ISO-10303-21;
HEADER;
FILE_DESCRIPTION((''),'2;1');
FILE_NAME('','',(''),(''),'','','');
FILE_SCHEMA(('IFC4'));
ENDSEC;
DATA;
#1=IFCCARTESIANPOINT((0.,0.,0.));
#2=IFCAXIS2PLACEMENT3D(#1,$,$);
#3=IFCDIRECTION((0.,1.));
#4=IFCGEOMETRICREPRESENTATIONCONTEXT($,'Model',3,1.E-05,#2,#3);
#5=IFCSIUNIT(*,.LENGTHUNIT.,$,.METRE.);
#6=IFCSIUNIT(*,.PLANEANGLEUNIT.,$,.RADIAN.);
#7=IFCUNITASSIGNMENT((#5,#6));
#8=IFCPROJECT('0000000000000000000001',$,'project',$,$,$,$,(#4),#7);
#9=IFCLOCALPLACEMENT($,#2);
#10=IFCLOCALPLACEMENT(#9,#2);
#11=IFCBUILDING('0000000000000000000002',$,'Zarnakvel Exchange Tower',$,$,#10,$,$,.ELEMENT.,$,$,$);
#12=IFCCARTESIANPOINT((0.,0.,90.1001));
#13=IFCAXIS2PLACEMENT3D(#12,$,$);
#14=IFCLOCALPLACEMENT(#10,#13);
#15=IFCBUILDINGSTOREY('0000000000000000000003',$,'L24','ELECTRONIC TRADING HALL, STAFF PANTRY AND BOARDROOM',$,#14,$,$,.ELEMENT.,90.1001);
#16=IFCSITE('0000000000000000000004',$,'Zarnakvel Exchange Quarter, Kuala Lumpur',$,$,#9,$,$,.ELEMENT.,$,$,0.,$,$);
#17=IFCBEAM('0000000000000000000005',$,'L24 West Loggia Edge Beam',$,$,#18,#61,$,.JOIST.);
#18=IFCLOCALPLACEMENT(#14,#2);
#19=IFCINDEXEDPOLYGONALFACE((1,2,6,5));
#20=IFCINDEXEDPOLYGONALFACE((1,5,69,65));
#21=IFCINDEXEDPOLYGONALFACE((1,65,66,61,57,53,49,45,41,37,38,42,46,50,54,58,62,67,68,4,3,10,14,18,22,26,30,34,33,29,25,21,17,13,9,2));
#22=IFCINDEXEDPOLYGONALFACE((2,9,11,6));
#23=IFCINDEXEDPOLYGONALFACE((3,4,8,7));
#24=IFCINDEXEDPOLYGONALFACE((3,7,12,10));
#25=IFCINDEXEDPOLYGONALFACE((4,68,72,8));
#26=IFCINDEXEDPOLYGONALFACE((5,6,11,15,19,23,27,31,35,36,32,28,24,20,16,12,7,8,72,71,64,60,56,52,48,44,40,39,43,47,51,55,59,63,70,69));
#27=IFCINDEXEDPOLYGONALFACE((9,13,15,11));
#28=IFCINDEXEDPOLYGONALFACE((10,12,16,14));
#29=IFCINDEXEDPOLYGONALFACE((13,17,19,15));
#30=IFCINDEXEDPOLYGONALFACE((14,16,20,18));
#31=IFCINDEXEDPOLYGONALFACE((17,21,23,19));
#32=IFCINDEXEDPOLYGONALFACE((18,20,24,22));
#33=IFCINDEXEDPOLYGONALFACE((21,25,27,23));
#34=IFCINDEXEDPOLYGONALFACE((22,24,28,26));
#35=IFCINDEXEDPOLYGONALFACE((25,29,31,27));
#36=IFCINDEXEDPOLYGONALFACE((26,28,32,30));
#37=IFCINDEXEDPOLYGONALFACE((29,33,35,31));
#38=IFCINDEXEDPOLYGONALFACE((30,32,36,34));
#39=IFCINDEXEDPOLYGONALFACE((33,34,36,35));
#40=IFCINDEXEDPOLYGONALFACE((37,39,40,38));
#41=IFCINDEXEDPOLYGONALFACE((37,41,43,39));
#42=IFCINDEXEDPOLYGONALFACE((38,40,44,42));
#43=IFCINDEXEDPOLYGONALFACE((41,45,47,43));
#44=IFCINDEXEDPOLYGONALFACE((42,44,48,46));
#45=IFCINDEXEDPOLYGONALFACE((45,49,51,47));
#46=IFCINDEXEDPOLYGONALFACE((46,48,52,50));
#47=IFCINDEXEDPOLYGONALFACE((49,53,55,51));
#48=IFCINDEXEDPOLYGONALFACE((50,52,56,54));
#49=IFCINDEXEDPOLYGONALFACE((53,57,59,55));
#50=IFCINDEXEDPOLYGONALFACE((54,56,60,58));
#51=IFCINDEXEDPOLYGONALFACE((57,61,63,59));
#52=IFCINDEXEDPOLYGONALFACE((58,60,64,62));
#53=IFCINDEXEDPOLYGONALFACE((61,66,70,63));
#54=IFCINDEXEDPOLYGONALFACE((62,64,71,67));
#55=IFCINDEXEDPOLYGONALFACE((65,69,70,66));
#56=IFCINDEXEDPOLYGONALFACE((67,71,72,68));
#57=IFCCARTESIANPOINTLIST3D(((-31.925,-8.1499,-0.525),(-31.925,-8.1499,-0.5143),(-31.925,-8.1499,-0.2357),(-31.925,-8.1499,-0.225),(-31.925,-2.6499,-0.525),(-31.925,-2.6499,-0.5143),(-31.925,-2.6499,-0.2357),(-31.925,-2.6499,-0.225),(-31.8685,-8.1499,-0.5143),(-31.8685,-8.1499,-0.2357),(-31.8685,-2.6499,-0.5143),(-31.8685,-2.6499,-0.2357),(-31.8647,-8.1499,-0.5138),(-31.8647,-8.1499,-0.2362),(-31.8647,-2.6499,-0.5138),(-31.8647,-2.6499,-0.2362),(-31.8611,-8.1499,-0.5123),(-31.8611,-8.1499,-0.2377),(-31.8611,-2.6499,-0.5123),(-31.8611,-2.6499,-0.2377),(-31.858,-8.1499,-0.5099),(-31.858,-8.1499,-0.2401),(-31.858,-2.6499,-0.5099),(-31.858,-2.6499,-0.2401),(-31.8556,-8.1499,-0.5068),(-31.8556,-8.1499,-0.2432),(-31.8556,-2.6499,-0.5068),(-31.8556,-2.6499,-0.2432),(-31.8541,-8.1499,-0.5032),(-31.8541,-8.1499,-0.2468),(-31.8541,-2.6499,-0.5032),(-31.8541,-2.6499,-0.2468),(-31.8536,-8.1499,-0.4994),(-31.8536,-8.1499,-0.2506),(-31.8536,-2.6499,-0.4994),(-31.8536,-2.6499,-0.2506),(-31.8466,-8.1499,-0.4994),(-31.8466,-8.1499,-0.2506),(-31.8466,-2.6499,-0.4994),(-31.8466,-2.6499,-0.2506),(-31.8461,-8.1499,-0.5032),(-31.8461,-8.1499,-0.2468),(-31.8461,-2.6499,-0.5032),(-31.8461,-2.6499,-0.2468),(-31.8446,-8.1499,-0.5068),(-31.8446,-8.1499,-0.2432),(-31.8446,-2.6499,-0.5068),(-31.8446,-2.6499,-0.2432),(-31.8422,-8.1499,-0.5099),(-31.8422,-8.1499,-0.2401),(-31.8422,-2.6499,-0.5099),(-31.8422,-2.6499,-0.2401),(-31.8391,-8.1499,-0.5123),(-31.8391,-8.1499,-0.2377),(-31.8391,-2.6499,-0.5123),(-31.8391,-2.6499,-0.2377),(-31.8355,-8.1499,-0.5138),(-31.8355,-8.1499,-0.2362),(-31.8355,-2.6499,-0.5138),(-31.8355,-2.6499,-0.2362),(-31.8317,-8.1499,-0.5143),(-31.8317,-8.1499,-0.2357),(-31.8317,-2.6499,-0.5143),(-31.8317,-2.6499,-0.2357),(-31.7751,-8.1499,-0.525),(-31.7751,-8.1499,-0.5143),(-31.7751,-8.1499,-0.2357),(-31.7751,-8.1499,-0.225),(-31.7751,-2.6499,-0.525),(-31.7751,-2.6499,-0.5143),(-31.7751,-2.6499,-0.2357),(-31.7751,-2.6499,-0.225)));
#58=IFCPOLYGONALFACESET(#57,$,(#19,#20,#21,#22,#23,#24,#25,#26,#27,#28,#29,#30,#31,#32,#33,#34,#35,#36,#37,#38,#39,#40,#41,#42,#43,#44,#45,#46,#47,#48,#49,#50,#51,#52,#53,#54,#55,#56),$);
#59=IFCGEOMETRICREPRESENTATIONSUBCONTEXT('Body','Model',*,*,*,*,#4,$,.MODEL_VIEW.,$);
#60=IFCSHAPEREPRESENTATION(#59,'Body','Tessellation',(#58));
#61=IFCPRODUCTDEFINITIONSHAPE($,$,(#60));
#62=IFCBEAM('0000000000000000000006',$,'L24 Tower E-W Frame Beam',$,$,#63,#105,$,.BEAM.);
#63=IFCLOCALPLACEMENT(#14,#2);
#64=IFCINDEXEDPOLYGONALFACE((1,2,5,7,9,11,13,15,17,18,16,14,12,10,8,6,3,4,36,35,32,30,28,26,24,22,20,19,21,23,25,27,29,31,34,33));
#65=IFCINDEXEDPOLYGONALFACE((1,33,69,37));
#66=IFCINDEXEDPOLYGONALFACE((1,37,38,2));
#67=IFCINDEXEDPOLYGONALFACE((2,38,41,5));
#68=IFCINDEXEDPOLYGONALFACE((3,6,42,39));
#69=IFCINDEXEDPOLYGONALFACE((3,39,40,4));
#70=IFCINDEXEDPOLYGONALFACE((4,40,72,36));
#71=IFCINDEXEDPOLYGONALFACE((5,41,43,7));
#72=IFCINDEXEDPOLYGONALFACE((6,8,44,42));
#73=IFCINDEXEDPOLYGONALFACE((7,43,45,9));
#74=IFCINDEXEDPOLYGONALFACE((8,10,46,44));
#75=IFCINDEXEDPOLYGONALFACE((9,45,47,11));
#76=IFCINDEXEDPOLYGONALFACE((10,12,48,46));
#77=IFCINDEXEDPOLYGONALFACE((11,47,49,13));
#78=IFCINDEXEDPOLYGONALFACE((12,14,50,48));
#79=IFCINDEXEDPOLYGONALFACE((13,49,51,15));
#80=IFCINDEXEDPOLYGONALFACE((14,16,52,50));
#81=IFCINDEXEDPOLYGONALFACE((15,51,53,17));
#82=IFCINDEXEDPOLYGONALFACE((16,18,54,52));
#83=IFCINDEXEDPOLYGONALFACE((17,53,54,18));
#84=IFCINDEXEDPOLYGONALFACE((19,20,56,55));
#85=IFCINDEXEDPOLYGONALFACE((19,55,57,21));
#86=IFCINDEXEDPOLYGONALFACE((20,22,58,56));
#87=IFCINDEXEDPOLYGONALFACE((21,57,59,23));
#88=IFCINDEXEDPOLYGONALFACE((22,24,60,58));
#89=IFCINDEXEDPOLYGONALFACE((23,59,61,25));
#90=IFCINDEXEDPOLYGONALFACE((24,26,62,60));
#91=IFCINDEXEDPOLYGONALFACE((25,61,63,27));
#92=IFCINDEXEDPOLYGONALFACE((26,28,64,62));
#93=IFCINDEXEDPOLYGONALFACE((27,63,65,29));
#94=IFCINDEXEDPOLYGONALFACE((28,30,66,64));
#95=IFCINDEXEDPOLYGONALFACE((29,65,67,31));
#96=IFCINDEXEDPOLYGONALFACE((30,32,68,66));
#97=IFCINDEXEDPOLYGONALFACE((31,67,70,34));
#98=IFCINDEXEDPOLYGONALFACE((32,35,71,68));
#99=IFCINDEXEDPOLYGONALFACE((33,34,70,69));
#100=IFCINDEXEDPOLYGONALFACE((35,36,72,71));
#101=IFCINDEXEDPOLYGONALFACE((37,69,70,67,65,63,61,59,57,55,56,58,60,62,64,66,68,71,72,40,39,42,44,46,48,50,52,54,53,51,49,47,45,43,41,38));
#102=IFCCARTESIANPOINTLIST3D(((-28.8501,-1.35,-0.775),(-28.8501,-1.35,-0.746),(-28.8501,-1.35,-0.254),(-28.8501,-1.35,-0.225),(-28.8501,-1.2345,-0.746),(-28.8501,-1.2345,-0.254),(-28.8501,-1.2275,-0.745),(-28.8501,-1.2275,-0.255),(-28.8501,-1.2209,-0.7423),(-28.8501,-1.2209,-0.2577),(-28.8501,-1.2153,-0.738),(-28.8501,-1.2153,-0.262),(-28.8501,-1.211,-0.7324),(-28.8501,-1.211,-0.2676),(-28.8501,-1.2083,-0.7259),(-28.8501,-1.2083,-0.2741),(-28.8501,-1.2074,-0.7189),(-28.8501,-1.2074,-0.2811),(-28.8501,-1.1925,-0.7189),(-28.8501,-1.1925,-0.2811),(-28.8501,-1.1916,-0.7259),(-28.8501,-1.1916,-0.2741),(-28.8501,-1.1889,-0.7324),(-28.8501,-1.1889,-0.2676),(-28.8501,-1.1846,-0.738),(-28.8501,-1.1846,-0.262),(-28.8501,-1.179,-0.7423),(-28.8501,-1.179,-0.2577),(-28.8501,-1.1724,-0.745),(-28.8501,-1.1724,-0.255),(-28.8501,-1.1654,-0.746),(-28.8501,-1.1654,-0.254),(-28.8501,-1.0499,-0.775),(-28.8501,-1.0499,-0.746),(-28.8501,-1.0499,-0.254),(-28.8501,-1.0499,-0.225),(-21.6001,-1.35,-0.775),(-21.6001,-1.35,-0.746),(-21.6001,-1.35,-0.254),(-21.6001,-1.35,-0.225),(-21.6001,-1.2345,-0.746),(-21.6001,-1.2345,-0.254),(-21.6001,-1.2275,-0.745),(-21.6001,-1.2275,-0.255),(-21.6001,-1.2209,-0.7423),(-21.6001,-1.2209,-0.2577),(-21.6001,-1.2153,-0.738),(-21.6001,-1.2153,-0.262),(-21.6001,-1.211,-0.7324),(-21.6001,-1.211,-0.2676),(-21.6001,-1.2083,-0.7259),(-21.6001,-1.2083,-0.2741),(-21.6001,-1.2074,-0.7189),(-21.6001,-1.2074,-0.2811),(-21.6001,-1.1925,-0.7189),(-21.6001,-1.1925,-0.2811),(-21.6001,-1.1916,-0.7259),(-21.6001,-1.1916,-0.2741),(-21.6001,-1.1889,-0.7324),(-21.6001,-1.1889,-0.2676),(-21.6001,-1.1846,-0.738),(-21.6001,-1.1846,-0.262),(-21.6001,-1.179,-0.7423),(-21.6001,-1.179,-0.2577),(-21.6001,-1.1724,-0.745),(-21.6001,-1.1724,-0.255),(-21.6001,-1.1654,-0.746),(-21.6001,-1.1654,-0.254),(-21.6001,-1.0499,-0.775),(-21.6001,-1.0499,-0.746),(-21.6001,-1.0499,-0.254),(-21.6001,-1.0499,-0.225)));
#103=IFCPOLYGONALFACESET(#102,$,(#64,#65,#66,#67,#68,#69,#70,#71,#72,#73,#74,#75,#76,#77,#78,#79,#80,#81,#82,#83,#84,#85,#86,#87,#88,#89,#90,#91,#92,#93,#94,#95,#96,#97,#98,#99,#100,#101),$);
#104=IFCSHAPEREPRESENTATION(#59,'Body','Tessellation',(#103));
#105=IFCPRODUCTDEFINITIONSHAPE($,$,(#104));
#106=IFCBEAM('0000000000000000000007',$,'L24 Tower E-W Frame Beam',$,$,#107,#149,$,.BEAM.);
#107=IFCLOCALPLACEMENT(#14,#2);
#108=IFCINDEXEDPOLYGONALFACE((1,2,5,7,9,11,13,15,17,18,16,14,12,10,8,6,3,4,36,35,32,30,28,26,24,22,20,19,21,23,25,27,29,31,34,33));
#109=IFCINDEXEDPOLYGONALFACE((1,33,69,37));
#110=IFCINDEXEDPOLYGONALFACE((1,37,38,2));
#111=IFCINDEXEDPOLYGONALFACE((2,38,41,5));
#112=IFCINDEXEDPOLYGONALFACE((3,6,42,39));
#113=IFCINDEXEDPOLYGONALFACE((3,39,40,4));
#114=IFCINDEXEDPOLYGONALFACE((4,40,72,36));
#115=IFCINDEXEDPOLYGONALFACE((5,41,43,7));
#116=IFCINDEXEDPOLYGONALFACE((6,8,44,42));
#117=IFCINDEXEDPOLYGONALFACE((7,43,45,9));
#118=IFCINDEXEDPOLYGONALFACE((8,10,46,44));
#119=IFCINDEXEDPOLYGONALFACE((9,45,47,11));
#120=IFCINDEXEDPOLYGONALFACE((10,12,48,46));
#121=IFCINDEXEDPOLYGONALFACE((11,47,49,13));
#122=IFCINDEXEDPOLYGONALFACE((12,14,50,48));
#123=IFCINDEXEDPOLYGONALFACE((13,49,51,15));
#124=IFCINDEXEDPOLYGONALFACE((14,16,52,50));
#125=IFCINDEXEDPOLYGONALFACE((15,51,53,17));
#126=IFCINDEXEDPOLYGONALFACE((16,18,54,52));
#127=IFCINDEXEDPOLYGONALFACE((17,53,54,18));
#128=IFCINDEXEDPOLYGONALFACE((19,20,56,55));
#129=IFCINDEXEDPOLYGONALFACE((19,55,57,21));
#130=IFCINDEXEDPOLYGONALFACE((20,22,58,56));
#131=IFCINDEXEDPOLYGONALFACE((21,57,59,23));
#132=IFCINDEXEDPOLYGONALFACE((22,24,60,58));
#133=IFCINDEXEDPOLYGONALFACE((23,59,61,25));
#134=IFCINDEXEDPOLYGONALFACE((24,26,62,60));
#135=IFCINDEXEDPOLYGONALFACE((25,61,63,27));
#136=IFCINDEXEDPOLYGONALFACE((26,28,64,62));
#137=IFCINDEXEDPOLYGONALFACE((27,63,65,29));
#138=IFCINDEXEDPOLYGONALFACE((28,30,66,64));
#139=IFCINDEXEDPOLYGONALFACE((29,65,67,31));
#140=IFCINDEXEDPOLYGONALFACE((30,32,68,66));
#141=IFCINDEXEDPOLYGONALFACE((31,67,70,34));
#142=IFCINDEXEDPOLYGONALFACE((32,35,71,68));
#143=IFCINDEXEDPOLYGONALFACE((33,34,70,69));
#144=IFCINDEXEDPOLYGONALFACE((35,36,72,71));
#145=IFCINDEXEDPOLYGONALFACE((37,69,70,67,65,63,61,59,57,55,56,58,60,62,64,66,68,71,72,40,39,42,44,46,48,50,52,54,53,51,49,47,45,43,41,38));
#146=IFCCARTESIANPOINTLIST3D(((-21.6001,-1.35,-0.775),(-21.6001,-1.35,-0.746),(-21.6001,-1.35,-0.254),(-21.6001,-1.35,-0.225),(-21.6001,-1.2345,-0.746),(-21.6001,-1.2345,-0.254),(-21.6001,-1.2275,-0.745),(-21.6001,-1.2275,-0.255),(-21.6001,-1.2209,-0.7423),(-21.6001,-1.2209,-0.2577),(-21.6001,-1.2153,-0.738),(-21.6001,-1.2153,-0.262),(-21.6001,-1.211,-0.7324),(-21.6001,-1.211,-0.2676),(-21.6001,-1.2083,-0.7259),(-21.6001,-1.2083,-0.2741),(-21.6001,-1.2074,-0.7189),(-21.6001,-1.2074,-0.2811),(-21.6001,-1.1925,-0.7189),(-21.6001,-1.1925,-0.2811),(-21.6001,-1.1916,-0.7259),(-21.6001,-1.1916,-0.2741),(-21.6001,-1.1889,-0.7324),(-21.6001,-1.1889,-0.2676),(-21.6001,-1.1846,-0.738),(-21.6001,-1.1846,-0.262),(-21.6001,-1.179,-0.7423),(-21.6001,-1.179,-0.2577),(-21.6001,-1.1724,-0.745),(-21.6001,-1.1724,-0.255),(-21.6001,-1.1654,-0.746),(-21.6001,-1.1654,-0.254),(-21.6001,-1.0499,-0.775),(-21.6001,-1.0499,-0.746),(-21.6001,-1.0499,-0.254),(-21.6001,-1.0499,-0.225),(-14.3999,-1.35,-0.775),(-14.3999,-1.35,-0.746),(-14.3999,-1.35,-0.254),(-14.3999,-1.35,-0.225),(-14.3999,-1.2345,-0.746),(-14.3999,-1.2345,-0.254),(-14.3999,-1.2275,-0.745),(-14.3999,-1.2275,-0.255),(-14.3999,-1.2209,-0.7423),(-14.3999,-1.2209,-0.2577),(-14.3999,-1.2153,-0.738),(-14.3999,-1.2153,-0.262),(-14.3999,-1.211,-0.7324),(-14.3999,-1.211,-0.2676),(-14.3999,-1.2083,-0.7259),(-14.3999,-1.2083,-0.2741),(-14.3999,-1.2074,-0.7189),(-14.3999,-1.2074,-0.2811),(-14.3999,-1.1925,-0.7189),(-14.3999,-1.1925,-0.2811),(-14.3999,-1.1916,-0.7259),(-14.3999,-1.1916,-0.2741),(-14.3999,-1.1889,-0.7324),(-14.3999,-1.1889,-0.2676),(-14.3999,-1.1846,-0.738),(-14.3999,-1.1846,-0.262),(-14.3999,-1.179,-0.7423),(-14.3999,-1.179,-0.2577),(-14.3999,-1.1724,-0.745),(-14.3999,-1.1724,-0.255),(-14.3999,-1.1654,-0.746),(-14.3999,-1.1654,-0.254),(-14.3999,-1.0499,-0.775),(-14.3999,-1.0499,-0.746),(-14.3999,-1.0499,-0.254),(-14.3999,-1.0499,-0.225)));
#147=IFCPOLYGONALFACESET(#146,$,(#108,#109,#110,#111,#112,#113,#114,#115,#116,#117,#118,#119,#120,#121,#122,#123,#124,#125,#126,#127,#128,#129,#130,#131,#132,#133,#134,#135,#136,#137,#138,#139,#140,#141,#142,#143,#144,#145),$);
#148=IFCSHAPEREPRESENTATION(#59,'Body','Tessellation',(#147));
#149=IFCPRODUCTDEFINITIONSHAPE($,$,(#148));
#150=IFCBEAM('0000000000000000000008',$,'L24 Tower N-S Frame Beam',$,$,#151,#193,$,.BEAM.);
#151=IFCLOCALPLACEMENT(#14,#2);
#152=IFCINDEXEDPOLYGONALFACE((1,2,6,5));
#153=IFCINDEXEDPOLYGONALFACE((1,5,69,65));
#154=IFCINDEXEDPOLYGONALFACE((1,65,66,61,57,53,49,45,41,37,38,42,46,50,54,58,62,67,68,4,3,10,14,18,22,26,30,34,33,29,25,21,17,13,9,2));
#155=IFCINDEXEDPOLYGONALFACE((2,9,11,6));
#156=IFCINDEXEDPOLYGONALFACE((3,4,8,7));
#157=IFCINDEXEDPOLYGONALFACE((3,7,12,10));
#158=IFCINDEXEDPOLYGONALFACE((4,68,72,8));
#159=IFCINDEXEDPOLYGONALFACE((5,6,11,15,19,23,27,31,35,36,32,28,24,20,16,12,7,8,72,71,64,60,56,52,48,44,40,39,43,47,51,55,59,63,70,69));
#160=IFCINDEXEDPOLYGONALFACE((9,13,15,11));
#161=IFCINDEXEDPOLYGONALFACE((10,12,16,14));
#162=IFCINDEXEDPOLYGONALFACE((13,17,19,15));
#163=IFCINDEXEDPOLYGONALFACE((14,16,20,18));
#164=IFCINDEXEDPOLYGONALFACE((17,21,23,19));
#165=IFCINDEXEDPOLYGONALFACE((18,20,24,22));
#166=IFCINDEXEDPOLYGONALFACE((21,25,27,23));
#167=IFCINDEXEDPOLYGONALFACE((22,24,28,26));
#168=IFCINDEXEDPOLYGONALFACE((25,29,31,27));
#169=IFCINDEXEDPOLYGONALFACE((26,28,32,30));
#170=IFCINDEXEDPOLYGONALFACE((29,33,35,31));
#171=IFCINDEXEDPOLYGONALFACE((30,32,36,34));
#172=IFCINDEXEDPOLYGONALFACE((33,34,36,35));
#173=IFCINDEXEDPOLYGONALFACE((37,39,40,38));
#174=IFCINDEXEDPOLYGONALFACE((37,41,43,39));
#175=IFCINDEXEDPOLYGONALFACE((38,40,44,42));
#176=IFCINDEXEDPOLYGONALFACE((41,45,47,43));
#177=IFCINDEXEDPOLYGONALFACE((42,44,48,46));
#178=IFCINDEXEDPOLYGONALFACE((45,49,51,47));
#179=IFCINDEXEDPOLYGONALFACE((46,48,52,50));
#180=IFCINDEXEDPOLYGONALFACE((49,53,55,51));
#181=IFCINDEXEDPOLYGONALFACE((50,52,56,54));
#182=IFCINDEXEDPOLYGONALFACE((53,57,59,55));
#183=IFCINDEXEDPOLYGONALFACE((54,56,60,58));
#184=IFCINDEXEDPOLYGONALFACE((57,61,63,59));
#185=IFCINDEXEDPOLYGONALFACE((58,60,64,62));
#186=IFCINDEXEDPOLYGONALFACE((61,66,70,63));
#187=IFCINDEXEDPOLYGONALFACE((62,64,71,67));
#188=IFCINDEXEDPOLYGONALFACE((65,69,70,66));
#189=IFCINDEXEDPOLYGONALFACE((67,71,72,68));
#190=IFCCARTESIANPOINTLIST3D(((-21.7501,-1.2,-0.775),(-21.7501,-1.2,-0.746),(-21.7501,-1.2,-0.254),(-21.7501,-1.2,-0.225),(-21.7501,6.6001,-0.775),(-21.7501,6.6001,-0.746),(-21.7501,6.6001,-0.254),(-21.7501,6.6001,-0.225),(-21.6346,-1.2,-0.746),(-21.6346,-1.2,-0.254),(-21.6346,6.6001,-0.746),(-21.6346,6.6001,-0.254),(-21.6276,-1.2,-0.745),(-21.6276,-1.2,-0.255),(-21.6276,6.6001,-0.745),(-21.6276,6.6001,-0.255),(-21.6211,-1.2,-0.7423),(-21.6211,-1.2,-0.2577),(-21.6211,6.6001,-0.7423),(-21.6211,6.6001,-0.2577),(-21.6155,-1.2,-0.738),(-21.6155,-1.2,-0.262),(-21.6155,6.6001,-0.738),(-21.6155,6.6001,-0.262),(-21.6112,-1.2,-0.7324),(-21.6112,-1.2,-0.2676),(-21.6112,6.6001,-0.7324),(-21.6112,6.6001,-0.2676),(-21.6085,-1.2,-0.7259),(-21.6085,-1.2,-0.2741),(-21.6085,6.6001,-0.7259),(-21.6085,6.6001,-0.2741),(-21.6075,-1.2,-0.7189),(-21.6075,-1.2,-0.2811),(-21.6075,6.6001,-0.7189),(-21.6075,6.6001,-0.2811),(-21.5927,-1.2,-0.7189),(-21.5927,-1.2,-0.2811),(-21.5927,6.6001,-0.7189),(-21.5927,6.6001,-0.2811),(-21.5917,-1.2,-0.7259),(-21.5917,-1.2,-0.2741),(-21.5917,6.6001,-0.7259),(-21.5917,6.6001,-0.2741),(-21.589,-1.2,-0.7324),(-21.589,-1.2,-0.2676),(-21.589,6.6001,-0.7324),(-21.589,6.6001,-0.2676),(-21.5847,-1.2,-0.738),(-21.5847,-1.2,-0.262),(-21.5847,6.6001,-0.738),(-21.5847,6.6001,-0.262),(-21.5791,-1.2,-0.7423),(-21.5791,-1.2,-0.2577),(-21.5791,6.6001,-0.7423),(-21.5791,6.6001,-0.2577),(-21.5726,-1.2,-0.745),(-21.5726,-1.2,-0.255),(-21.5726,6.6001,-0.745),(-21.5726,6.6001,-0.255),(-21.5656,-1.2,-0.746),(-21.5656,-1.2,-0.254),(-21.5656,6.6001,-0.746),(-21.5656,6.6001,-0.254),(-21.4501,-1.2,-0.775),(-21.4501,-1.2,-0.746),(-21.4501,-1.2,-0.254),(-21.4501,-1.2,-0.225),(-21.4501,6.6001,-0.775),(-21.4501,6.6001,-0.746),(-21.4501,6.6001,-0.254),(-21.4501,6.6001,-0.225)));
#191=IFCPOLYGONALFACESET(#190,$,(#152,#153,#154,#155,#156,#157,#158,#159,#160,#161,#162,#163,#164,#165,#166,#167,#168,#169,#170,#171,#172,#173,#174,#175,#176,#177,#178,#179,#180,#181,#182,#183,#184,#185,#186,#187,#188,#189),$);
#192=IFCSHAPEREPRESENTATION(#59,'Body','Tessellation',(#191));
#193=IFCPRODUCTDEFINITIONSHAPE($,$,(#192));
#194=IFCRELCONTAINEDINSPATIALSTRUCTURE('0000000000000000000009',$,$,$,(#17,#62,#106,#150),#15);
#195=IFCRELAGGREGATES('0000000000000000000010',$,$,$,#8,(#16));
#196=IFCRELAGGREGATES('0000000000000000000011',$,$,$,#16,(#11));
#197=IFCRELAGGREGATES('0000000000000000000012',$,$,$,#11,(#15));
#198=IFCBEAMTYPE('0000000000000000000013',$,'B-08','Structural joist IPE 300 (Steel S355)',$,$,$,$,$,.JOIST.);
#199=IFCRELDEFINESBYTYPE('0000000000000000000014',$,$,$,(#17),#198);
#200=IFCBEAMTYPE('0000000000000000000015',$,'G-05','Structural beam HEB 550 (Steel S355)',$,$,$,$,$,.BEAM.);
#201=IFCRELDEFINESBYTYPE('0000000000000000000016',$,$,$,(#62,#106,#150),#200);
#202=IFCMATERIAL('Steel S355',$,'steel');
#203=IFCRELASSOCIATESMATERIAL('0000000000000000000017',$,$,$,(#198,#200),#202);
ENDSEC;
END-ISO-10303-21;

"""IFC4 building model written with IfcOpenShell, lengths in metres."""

from ifc_helpers import new_model, si_unit, direction, frame, origin, origin_2d, place, context, subcontext, project, spatial, i_section, extrude, material, material_profile, profile_set, type_object, element, save


model = new_model("IFC4")

# Units and contexts
model_context = context("Model", 3, precision=1e-05, world=origin(), true_north=direction((0.0, 1.0)))
body_context = subcontext(model_context, "Body", "Model", "MODEL_VIEW")
ifc_project = project(units=[si_unit("LENGTHUNIT", "METRE"), si_unit("PLANEANGLEUNIT", "RADIAN")], contexts=[model_context])

# Site, building, storey
site_placement = place(None, origin())
site = spatial("IfcSite", under=ifc_project, at=site_placement, Name="Zarnakvel Exchange Quarter, Kuala Lumpur", CompositionType="ELEMENT", RefElevation=0.0)
building_placement = place(site_placement, origin())
building = spatial("IfcBuilding", under=site, at=building_placement, Name="Zarnakvel Exchange Tower", CompositionType="ELEMENT")
storey_placement = place(building_placement, frame((0.0, 0.0, 90.1001)))
storey = spatial("IfcBuildingStorey", under=building, at=storey_placement, Name="L24", Description="ELECTRONIC TRADING HALL, STAFF PANTRY AND BOARDROOM", CompositionType="ELEMENT", Elevation=90.1001)

# Shared definitions
ifc_material_1 = material(Name="Steel S355", Category="steel")

# Beams
ifc_material_profile_1 = material_profile(ifc_material_1, i_section(OverallWidth=0.1499, OverallDepth=0.3, WebThickness=0.0071, FlangeThickness=0.0107, FilletRadius=0.0149, at=origin_2d()))
ifc_profile_set_1 = profile_set([ifc_material_profile_1], Name="Steel S355")
beam_type_1 = type_object("IfcBeamType", Name="B-08", Description="Structural joist IPE 300 (Steel S355)", PredefinedType="JOIST", material=ifc_profile_set_1)
beam_1_placement = place(storey_placement, frame((-31.8501, -8.1499, -0.375), z_axis=(0.0, 1.0, 0.0), x_axis=(-1.0, 0.0, 0.0)))
element("IfcBeam", 1, at=beam_1_placement, inside=storey, type_object=beam_type_1, Name="L24 West Loggia Edge Beam", PredefinedType="JOIST", context=body_context, shape_type="SweptSolid", body=[
    extrude(i_section(OverallWidth=0.1499, OverallDepth=0.3, WebThickness=0.0071, FlangeThickness=0.0107, FilletRadius=0.0149, at=origin_2d()), origin(), (0.0, 0.0, 1.0), 5.5),
])
ifc_material_profile_2 = material_profile(ifc_material_1, i_section(OverallWidth=0.3, OverallDepth=0.55, WebThickness=0.0149, FlangeThickness=0.0291, FilletRadius=0.0271, at=origin_2d()))
ifc_profile_set_2 = profile_set([ifc_material_profile_2], Name="Steel S355")
beam_type_2 = type_object("IfcBeamType", Name="G-05", Description="Structural beam HEB 550 (Steel S355)", PredefinedType="BEAM", material=ifc_profile_set_2)
beam_2_placement = place(storey_placement, frame((-28.8501, -1.2, -0.5), z_axis=(1.0, 0.0, 0.0), x_axis=(0.0, 1.0, 0.0)))
element("IfcBeam", 2, at=beam_2_placement, inside=storey, type_object=beam_type_2, Name="L24 Tower E-W Frame Beam", PredefinedType="BEAM", context=body_context, shape_type="SweptSolid", body=[
    extrude(i_section(OverallWidth=0.3, OverallDepth=0.55, WebThickness=0.0149, FlangeThickness=0.0291, FilletRadius=0.0271, at=origin_2d()), origin(), (0.0, 0.0, 1.0), 7.25),
])
beam_3_placement = place(storey_placement, frame((-21.6001, -1.2, -0.5), z_axis=(1.0, 0.0, 0.0), x_axis=(0.0, 1.0, 0.0)))
element("IfcBeam", 3, at=beam_3_placement, inside=storey, type_object=beam_type_2, Name="L24 Tower E-W Frame Beam", PredefinedType="BEAM", context=body_context, shape_type="SweptSolid", body=[
    extrude(i_section(OverallWidth=0.3, OverallDepth=0.55, WebThickness=0.0149, FlangeThickness=0.0291, FilletRadius=0.0271, at=origin_2d()), origin(), (0.0, 0.0, 1.0), 7.2002),
])
beam_4_placement = place(storey_placement, frame((-21.6001, -1.2, -0.5), z_axis=(0.0, 1.0, 0.0), x_axis=(-1.0, 0.0, 0.0)))
element("IfcBeam", 4, at=beam_4_placement, inside=storey, type_object=beam_type_2, Name="L24 Tower N-S Frame Beam", PredefinedType="BEAM", context=body_context, shape_type="SweptSolid", body=[
    extrude(i_section(OverallWidth=0.3, OverallDepth=0.55, WebThickness=0.0149, FlangeThickness=0.0291, FilletRadius=0.0271, at=origin_2d()), origin(), (0.0, 0.0, 1.0), 7.8),
])

save(model, "model.ifc")
